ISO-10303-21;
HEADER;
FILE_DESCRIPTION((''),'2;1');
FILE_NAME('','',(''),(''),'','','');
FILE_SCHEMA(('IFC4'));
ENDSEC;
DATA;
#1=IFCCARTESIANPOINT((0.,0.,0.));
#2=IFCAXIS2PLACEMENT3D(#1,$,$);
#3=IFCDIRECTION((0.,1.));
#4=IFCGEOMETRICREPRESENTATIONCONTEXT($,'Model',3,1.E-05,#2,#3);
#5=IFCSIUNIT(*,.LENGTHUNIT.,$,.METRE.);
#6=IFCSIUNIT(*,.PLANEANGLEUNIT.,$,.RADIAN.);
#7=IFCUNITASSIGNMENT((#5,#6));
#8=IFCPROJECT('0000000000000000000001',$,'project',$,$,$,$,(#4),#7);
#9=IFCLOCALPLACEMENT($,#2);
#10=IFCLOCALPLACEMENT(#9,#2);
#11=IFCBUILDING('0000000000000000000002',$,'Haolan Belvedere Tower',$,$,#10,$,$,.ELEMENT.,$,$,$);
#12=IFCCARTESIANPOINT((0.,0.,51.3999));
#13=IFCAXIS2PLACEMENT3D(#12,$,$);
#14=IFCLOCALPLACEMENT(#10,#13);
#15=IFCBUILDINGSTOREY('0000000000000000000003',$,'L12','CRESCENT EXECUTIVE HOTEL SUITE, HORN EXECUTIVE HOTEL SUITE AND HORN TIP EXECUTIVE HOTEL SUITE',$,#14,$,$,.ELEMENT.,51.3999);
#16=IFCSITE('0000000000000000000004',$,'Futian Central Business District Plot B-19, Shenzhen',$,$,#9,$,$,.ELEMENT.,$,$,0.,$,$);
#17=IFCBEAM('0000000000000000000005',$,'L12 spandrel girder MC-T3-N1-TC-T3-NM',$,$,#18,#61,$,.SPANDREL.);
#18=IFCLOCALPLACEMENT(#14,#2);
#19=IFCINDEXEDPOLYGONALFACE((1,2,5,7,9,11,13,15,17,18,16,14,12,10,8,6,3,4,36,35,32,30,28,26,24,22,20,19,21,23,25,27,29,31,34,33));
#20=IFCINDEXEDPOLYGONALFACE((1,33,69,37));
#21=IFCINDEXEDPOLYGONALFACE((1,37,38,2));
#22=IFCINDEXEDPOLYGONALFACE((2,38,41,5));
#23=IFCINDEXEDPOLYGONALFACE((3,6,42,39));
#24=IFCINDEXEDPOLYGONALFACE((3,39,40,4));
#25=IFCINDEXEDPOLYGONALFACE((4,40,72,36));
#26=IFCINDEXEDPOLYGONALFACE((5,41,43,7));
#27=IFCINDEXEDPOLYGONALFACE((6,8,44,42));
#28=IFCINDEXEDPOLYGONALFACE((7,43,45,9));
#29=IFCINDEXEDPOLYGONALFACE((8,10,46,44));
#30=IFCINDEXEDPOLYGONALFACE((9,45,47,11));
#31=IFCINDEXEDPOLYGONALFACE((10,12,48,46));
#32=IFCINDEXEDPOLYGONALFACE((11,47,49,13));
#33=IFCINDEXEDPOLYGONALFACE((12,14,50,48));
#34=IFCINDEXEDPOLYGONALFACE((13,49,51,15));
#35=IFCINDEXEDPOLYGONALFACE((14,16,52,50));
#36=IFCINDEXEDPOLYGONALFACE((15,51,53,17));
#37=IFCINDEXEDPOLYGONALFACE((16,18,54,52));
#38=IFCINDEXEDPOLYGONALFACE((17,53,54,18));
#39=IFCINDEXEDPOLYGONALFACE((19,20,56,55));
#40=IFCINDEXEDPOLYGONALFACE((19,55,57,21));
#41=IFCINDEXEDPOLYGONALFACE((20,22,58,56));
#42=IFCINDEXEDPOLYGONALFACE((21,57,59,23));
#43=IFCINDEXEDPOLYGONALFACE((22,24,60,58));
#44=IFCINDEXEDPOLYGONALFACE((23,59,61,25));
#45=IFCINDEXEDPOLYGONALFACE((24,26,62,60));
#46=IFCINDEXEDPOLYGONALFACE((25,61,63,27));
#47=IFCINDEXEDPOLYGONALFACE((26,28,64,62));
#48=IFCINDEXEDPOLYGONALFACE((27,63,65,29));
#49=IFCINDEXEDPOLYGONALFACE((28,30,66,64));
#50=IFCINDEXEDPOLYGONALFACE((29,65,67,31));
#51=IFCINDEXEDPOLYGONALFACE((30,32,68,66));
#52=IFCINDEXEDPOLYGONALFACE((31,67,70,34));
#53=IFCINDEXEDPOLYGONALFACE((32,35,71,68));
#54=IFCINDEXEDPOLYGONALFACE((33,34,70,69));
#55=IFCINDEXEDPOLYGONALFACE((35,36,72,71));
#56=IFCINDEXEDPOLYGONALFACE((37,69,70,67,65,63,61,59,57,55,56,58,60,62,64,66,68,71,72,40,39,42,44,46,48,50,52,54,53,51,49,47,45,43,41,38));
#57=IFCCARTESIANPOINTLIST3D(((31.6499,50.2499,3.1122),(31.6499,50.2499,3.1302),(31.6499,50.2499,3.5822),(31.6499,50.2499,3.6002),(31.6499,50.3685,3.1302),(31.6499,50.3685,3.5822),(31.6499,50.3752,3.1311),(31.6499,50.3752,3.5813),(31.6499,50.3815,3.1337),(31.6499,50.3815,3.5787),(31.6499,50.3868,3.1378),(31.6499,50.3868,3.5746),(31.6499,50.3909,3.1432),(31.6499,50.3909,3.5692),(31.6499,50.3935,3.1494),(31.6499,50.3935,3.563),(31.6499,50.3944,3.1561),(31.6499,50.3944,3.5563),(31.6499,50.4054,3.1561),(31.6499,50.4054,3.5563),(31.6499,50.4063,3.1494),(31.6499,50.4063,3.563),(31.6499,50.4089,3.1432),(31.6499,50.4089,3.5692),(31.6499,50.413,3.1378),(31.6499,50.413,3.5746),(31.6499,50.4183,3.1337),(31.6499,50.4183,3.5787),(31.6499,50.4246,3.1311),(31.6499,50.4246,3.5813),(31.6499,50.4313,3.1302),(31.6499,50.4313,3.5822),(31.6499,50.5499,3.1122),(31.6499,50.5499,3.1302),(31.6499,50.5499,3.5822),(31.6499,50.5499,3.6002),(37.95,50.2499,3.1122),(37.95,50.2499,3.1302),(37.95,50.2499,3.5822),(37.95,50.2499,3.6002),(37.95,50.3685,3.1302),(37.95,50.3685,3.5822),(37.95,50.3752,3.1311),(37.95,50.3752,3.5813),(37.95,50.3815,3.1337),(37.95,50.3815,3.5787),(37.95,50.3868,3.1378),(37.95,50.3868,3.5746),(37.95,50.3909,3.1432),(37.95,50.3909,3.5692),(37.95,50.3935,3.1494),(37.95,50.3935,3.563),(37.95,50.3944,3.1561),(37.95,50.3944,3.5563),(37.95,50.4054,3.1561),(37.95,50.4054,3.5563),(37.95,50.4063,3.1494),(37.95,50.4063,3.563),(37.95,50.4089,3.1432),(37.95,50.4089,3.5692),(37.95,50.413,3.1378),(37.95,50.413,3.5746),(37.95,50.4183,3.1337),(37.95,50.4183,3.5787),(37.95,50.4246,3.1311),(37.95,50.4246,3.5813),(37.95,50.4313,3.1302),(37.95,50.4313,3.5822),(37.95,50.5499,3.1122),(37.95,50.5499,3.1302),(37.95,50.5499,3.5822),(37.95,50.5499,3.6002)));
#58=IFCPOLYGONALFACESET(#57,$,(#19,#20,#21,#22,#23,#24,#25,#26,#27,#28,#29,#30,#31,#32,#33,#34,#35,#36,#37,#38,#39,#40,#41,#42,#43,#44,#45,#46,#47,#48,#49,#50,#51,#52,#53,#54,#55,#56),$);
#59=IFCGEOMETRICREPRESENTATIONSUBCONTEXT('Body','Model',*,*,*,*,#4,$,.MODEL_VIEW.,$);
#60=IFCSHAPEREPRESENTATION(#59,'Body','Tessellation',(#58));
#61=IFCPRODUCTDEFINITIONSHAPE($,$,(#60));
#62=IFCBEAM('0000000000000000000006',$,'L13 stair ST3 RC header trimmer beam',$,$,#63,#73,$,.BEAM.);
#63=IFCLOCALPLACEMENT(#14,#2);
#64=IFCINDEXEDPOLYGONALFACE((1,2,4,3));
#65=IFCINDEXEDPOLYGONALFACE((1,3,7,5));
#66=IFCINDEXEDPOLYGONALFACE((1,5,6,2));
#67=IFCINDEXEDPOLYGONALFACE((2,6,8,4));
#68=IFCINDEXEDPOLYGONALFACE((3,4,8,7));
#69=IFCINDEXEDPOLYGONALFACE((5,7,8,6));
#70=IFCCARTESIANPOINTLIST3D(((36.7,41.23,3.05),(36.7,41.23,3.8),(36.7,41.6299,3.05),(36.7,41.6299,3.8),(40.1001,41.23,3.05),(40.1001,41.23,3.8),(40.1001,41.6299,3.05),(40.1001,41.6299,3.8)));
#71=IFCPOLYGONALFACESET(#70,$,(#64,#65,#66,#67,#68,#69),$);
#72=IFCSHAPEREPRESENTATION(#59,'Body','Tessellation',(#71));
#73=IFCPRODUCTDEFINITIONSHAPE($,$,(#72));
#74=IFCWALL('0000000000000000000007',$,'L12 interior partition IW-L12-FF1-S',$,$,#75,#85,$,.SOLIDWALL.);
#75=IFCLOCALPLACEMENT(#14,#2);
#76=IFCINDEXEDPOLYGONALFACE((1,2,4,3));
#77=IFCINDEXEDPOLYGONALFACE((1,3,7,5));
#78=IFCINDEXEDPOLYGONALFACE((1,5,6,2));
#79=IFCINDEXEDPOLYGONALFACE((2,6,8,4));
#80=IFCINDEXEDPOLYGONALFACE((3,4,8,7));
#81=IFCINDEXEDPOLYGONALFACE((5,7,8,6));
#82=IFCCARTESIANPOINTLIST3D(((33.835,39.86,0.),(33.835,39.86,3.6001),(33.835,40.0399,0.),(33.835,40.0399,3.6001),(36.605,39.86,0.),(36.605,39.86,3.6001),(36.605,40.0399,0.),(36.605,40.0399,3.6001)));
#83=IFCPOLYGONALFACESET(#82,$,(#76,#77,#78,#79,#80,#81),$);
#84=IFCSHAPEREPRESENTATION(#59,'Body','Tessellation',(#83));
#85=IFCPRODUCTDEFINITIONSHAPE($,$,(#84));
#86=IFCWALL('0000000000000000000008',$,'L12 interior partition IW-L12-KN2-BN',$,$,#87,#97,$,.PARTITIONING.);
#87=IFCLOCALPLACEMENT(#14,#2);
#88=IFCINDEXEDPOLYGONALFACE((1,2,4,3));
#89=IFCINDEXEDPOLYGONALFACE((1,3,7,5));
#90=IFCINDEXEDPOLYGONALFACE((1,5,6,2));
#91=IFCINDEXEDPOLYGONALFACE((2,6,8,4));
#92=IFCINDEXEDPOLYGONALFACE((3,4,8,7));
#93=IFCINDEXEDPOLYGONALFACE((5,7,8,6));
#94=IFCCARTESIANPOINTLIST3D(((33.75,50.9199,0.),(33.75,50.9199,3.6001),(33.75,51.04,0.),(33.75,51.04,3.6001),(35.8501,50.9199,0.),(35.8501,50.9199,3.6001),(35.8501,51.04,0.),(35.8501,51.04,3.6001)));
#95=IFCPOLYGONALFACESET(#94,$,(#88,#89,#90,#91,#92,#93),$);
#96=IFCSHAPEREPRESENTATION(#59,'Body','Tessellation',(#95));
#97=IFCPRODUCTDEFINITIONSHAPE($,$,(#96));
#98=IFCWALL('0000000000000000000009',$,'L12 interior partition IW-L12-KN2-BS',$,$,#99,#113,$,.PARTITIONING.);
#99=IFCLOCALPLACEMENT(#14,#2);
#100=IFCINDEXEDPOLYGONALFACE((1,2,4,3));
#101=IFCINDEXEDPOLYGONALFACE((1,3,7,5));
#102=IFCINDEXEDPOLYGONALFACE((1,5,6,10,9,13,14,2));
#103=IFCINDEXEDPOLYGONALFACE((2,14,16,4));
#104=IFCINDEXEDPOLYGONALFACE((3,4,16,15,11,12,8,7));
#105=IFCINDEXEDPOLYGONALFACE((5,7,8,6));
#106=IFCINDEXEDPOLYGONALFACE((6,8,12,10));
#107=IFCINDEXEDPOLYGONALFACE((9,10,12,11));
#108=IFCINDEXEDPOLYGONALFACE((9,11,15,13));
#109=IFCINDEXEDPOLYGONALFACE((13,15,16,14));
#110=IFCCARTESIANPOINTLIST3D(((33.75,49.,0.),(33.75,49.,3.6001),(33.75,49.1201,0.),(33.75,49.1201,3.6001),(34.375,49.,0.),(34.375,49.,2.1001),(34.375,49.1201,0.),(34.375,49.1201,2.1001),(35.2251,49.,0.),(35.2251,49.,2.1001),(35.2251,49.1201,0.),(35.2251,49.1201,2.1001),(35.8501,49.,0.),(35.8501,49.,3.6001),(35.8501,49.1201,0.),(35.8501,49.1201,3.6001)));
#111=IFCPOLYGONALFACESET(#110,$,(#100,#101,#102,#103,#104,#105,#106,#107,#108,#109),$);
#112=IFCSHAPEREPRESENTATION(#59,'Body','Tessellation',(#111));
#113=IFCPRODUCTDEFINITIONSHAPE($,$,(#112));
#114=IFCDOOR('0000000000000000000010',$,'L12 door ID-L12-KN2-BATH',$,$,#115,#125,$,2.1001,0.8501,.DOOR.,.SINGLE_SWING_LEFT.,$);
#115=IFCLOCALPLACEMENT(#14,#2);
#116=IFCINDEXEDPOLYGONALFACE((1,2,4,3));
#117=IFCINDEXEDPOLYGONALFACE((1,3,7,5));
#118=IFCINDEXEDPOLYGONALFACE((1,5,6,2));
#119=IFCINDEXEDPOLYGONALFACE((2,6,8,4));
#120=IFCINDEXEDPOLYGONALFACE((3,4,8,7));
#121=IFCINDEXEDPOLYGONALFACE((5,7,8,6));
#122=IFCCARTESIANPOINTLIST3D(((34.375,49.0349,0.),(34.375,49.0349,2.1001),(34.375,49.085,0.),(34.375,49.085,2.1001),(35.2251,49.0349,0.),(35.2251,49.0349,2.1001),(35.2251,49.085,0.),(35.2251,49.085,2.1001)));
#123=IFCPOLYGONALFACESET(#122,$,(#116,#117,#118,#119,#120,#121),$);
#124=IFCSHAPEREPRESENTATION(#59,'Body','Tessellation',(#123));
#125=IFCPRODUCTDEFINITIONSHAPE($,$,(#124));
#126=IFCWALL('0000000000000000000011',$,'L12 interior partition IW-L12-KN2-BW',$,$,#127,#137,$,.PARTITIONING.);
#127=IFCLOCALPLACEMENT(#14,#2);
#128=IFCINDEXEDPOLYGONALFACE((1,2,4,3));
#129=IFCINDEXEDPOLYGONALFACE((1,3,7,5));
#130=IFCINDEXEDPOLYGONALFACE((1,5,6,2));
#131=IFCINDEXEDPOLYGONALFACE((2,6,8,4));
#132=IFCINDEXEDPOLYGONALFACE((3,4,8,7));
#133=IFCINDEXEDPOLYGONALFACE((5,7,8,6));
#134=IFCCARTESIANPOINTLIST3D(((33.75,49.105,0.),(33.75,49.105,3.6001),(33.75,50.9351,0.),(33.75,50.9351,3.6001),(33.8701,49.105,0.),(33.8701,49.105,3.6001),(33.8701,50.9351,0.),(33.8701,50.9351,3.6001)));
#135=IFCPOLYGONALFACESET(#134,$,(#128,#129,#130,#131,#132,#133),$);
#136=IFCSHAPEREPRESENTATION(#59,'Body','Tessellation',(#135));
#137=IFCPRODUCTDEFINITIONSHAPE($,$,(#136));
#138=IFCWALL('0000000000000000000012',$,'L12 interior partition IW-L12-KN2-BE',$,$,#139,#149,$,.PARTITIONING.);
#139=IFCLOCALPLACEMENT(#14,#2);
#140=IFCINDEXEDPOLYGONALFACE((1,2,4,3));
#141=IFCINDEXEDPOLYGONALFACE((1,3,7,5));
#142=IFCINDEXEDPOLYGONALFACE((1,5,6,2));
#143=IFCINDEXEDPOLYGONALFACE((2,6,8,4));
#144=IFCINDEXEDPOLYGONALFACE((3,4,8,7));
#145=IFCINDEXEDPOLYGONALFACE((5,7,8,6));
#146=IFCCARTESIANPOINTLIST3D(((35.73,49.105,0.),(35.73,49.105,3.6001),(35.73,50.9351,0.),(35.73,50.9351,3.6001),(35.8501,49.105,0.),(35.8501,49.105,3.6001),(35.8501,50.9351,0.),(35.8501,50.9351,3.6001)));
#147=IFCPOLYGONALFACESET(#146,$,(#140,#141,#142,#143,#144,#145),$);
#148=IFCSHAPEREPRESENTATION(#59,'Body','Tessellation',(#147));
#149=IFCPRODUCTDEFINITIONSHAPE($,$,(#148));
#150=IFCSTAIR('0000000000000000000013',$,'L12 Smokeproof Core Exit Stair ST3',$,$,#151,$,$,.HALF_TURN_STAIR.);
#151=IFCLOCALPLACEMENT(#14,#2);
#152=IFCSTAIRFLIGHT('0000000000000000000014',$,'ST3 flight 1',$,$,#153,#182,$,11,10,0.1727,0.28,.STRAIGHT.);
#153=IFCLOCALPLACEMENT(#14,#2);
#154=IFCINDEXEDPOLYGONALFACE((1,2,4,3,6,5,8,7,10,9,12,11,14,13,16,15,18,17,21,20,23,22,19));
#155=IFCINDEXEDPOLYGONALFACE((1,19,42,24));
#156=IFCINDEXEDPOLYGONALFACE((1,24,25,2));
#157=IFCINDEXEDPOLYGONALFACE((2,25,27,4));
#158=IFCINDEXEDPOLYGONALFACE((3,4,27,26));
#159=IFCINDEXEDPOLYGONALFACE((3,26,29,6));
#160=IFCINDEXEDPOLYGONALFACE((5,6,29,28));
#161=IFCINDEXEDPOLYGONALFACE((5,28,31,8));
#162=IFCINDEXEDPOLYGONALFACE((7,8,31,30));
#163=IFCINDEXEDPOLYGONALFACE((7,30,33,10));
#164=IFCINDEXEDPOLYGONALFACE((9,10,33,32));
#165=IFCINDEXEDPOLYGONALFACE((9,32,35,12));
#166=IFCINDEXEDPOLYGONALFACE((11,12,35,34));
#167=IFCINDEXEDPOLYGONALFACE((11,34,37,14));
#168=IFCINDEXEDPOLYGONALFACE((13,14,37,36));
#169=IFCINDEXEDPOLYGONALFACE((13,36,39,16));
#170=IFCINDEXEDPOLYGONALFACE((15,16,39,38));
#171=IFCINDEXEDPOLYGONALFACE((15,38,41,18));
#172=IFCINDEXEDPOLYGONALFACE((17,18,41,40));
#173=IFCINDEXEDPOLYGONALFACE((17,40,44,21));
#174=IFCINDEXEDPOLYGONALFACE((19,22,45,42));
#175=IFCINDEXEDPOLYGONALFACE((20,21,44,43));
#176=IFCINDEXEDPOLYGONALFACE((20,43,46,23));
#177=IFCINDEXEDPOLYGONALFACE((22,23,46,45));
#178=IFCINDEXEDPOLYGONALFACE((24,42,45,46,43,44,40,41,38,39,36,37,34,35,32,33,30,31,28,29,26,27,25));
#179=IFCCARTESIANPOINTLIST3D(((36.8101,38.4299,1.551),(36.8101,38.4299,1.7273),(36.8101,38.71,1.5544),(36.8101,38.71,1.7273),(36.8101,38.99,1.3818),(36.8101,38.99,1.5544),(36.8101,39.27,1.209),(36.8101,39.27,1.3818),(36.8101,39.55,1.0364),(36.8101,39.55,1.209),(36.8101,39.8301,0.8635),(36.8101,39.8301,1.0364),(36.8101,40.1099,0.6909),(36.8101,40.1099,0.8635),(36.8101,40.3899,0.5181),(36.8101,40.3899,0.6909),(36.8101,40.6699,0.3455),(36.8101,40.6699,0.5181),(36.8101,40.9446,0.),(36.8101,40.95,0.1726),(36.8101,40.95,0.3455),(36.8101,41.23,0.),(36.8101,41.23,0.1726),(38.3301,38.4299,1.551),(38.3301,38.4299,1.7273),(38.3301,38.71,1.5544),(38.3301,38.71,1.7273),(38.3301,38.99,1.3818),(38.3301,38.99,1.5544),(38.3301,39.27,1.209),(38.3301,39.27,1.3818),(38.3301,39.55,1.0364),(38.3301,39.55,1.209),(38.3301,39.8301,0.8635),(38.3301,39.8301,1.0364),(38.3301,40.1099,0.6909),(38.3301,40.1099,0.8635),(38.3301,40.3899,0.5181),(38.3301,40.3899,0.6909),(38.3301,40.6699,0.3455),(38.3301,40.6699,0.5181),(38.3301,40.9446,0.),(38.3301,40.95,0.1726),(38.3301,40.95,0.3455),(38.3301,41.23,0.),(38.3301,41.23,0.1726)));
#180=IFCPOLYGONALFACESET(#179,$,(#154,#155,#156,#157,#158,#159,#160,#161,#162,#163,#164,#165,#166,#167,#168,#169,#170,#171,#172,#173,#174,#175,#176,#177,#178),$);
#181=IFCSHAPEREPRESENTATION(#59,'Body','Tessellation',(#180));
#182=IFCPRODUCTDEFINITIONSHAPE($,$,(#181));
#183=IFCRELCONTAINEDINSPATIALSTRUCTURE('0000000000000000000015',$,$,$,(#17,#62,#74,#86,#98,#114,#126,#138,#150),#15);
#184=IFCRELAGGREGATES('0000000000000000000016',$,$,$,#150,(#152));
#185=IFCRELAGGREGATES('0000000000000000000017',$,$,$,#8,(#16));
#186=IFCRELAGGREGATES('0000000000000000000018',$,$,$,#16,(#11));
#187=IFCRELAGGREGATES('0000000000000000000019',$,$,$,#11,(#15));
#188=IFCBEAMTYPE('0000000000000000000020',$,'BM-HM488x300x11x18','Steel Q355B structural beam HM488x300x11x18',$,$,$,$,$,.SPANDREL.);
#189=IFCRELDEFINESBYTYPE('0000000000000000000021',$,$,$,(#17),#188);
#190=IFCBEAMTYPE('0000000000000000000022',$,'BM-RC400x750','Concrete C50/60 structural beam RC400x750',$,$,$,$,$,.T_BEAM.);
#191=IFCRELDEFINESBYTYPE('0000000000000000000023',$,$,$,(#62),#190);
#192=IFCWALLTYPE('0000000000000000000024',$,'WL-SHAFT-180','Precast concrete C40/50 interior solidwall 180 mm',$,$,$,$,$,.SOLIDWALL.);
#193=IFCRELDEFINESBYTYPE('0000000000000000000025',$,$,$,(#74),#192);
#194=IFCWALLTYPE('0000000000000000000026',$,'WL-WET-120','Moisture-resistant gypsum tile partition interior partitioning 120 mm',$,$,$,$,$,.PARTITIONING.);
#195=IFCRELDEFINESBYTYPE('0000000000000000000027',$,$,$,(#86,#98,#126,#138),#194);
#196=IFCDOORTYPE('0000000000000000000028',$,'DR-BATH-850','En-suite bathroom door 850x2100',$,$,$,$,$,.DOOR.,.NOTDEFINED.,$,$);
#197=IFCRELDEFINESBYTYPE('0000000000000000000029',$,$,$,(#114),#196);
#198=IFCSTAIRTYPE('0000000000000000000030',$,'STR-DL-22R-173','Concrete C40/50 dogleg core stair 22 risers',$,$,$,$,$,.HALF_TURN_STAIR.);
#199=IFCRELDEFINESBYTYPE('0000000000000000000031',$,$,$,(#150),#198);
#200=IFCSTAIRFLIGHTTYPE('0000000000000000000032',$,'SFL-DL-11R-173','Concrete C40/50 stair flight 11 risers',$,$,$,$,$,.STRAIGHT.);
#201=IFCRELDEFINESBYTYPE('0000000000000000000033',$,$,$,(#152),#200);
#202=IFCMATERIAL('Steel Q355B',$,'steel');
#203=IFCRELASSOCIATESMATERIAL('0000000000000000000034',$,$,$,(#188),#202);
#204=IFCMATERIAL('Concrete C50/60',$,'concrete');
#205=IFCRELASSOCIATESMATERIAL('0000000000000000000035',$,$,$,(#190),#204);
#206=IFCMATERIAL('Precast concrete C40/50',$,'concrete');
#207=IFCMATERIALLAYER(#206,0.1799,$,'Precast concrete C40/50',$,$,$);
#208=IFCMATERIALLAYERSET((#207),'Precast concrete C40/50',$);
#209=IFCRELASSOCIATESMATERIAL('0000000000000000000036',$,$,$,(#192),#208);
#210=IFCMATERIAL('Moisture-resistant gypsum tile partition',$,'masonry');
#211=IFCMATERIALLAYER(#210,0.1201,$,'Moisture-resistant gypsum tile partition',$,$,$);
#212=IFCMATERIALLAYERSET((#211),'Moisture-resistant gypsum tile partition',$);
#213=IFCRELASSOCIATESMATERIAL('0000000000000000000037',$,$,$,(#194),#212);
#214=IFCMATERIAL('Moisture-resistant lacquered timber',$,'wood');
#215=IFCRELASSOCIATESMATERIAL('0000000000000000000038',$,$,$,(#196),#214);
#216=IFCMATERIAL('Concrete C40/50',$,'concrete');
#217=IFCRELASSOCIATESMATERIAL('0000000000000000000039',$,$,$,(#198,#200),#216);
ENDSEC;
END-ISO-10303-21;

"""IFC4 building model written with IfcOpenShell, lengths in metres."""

from ifc_helpers import new_model, si_unit, direction, frame, frame_2d, origin, origin_2d, place, context, subcontext, project, spatial, polyline, rectangle, i_section, outline, extrude, material, layer, layer_set, material_profile, profile_set, type_object, element, fill, aggregate, save


model = new_model("IFC4")

# Units and contexts
model_context = context("Model", 3, precision=1e-05, world=origin(), true_north=direction((0.0, 1.0)))
body_context = subcontext(model_context, "Body", "Model", "MODEL_VIEW")
ifc_project = project(units=[si_unit("LENGTHUNIT", "METRE"), si_unit("PLANEANGLEUNIT", "RADIAN")], contexts=[model_context])

# Site, building, storey
site_placement = place(None, origin())
site = spatial("IfcSite", under=ifc_project, at=site_placement, Name="Futian Central Business District Plot B-19, Shenzhen", CompositionType="ELEMENT", RefElevation=0.0)
building_placement = place(site_placement, origin())
building = spatial("IfcBuilding", under=site, at=building_placement, Name="Haolan Belvedere Tower", CompositionType="ELEMENT")
storey_placement = place(building_placement, frame((0.0, 0.0, 51.3999)))
storey = spatial("IfcBuildingStorey", under=building, at=storey_placement, Name="L12", Description="CRESCENT EXECUTIVE HOTEL SUITE, HORN EXECUTIVE HOTEL SUITE AND HORN TIP EXECUTIVE HOTEL SUITE", CompositionType="ELEMENT", Elevation=51.3999)

# Beams
ifc_material_1 = material(Name="Steel Q355B", Category="steel")
ifc_material_profile_1 = material_profile(ifc_material_1, i_section(OverallWidth=0.3, OverallDepth=0.488, WebThickness=0.011, FlangeThickness=0.0181, FilletRadius=0.0259, at=origin_2d()), Name="Steel Q355B")
ifc_profile_set_1 = profile_set([ifc_material_profile_1], Name="Steel Q355B")
beam_type_1 = type_object("IfcBeamType", Name="BM-HM488x300x11x18", Description="Steel Q355B structural beam HM488x300x11x18", PredefinedType="SPANDREL", material=ifc_profile_set_1)
beam_1_placement = place(storey_placement, frame((31.6499, 50.3999, 3.3562), z_axis=(1.0, 0.0, 0.0), x_axis=(0.0, 1.0, 0.0)))
element("IfcBeam", 1, at=beam_1_placement, inside=storey, type_object=beam_type_1, Name="L12 spandrel girder MC-T3-N1-TC-T3-NM", PredefinedType="SPANDREL", context=body_context, shape_type="SweptSolid", body=[
    extrude(i_section(OverallWidth=0.3, OverallDepth=0.488, WebThickness=0.011, FlangeThickness=0.0181, FilletRadius=0.0259, at=origin_2d()), origin(), (0.0, 0.0, 1.0), 6.3),
])
ifc_material_2 = material(Name="Concrete C50/60", Category="concrete")
ifc_material_profile_2 = material_profile(ifc_material_2, rectangle(XDim=0.3999, YDim=0.75, at=origin_2d()), Name="Concrete C50/60")
ifc_profile_set_2 = profile_set([ifc_material_profile_2], Name="Concrete C50/60")
beam_type_2 = type_object("IfcBeamType", Name="BM-RC400x750", Description="Concrete C50/60 structural beam RC400x750", PredefinedType="T_BEAM", material=ifc_profile_set_2)
beam_2_placement = place(storey_placement, frame((36.7, 41.4299, 3.425), z_axis=(1.0, 0.0, 0.0), x_axis=(0.0, 1.0, 0.0)))
element("IfcBeam", 2, at=beam_2_placement, inside=storey, type_object=beam_type_2, Name="L13 stair ST3 RC header trimmer beam", PredefinedType="BEAM", context=body_context, shape_type="SweptSolid", body=[
    extrude(rectangle(XDim=0.3999, YDim=0.75, at=origin_2d()), origin(), (0.0, 0.0, 1.0), 3.4001),
])

# Walls
ifc_material_3 = material(Name="Precast concrete C40/50", Category="concrete")
ifc_layer_1 = layer(ifc_material_3, 0.1799, Name="Precast concrete C40/50")
ifc_layer_set_1 = layer_set([ifc_layer_1], Name="Precast concrete C40/50")
wall_type_1 = type_object("IfcWallType", Name="WL-SHAFT-180", Description="Precast concrete C40/50 interior solidwall 180 mm", PredefinedType="SOLIDWALL", material=ifc_layer_set_1)
wall_1_placement = place(storey_placement, frame((33.835, 39.95, 0.0), z_axis=(0.0, 0.0, 1.0), x_axis=(1.0, 0.0, 0.0)))
element("IfcWall", 3, at=wall_1_placement, inside=storey, type_object=wall_type_1, Name="L12 interior partition IW-L12-FF1-S", PredefinedType="SOLIDWALL", context=body_context, shape_type="SweptSolid", body=[
    extrude(rectangle(XDim=2.77, YDim=0.1799, at=frame_2d((1.385, 0.0))), origin(), (0.0, 0.0, 1.0), 3.6001),
])
ifc_material_4 = material(Name="Moisture-resistant gypsum tile partition", Category="masonry")
ifc_layer_2 = layer(ifc_material_4, 0.1201, Name="Moisture-resistant gypsum tile partition")
ifc_layer_set_2 = layer_set([ifc_layer_2], Name="Moisture-resistant gypsum tile partition")
wall_type_2 = type_object("IfcWallType", Name="WL-WET-120", Description="Moisture-resistant gypsum tile partition interior partitioning 120 mm", PredefinedType="PARTITIONING", material=ifc_layer_set_2)
wall_2_placement = place(storey_placement, frame((33.75, 50.98, 0.0), z_axis=(0.0, 0.0, 1.0), x_axis=(1.0, 0.0, 0.0)))
element("IfcWall", 4, at=wall_2_placement, inside=storey, type_object=wall_type_2, Name="L12 interior partition IW-L12-KN2-BN", PredefinedType="PARTITIONING", context=body_context, shape_type="SweptSolid", body=[
    extrude(rectangle(XDim=2.1001, YDim=0.1201, at=frame_2d((1.05, 0.0))), origin(), (0.0, 0.0, 1.0), 3.6001),
])

# Wall, opening, door
wall_3_placement = place(storey_placement, frame((33.75, 49.0601, 0.0), z_axis=(0.0, 0.0, 1.0), x_axis=(1.0, 0.0, 0.0)))
wall_3 = element("IfcWall", 5, at=wall_3_placement, inside=storey, type_object=wall_type_2, Name="L12 interior partition IW-L12-KN2-BS", PredefinedType="PARTITIONING", context=body_context, shape_type="SweptSolid", body=[
    extrude(rectangle(XDim=2.1001, YDim=0.1201, at=frame_2d((1.05, 0.0))), origin(), (0.0, 0.0, 1.0), 3.6001),
])
opening_placement = place(wall_3_placement, frame((0.625, 0.0, 0.0)))
opening = element("IfcOpeningElement", 6, at=opening_placement, cuts=wall_3, PredefinedType="OPENING", context=body_context, shape_type="SweptSolid", body=[
    extrude(rectangle(XDim=0.8501, YDim=2.1001, at=frame_2d((0.425, 1.05))), frame((0.0, 0.0701, 0.0), z_axis=(0.0, -1.0, 0.0), x_axis=(1.0, 0.0, 0.0)), (0.0, 0.0, 1.0), 0.1401),
])
ifc_material_5 = material(Name="Moisture-resistant lacquered timber", Category="wood")
door_type = type_object("IfcDoorType", Name="DR-BATH-850", Description="En-suite bathroom door 850x2100", OperationType="NOTDEFINED", PredefinedType="DOOR", material=ifc_material_5)
door_placement = place(opening_placement, origin())
door = element("IfcDoor", 7, at=door_placement, inside=storey, type_object=door_type, Name="L12 door ID-L12-KN2-BATH", OperationType="SINGLE_SWING_LEFT", OverallHeight=2.1001, OverallWidth=0.8501, PredefinedType="DOOR", context=body_context, shape_type="SweptSolid", body=[
    extrude(rectangle(XDim=0.8501, YDim=2.1001, at=frame_2d((0.425, 1.05))), frame((0.0, 0.0249, 0.0), z_axis=(0.0, -1.0, 0.0), x_axis=(1.0, 0.0, 0.0)), (0.0, 0.0, 1.0), 0.05),
])
fill(opening, door)

# Walls
for number, where, z_axis, x_axis, name in (
    (8, (33.8101, 49.105, 0.0), (0.0, 0.0, 1.0), (0.0, 1.0, 0.0), "L12 interior partition IW-L12-KN2-BW"),
    (9, (35.79, 49.105, 0.0), (0.0, 0.0, 1.0), (0.0, 1.0, 0.0), "L12 interior partition IW-L12-KN2-BE"),
):
    element("IfcWall", number, at=place(storey_placement, frame(where, z_axis=z_axis, x_axis=x_axis)), inside=storey, type_object=wall_type_2, Name=name, PredefinedType="PARTITIONING", context=body_context, shape_type="SweptSolid", body=[
        extrude(rectangle(XDim=1.8301, YDim=0.1201, at=frame_2d((0.915, 0.0))), origin(), (0.0, 0.0, 1.0), 3.6001),
    ])

# Stair, stair flight
ifc_material_6 = material(Name="Concrete C40/50", Category="concrete")
stair_type = type_object("IfcStairType", Name="STR-DL-22R-173", Description="Concrete C40/50 dogleg core stair 22 risers", PredefinedType="HALF_TURN_STAIR", material=ifc_material_6)
stair_placement = place(storey_placement, origin())
stair = element("IfcStair", 10, at=stair_placement, inside=storey, type_object=stair_type, Name="L12 Smokeproof Core Exit Stair ST3", PredefinedType="HALF_TURN_STAIR")
stair_flight_type = type_object("IfcStairFlightType", Name="SFL-DL-11R-173", Description="Concrete C40/50 stair flight 11 risers", PredefinedType="STRAIGHT", material=ifc_material_6)
stair_flight_placement = place(storey_placement, frame((37.5701, 41.23, 0.0), z_axis=(0.0, 0.0, 1.0), x_axis=(0.0, -1.0, 0.0)))
stair_flight = element("IfcStairFlight", 11, at=stair_flight_placement, type_object=stair_flight_type, Name="ST3 flight 1", NumberOfRisers=11, NumberOfTreads=10, PredefinedType="STRAIGHT", RiserHeight=0.1727, TreadLength=0.28, context=body_context, shape_type="SweptSolid", body=[
    extrude(outline(polyline([(0.0, 0.0), (0.0, 0.1726), (0.28, 0.1726), (0.28, 0.3455), (0.5601, 0.3455), (0.5601, 0.5181), (0.8401, 0.5181), (0.8401, 0.6909), (1.1201, 0.6909), (1.1201, 0.8635), (1.3999, 0.8635), (1.3999, 1.0364), (1.6799, 1.0364), (1.6799, 1.209), (1.96, 1.209), (1.96, 1.3818), (2.24, 1.3818), (2.24, 1.5544), (2.52, 1.5544), (2.52, 1.7273), (2.8, 1.7273), (2.8, 1.8999), (2.8, 1.551), (0.2854, 0.0), (0.0, 0.0)])), frame((0.0, 0.76, 0.0), z_axis=(0.0, -1.0, 0.0), x_axis=(1.0, 0.0, 0.0)), (0.0, 0.0, 1.0), 1.52),
])
aggregate(stair, [stair_flight])

save(model, "model.ifc")
